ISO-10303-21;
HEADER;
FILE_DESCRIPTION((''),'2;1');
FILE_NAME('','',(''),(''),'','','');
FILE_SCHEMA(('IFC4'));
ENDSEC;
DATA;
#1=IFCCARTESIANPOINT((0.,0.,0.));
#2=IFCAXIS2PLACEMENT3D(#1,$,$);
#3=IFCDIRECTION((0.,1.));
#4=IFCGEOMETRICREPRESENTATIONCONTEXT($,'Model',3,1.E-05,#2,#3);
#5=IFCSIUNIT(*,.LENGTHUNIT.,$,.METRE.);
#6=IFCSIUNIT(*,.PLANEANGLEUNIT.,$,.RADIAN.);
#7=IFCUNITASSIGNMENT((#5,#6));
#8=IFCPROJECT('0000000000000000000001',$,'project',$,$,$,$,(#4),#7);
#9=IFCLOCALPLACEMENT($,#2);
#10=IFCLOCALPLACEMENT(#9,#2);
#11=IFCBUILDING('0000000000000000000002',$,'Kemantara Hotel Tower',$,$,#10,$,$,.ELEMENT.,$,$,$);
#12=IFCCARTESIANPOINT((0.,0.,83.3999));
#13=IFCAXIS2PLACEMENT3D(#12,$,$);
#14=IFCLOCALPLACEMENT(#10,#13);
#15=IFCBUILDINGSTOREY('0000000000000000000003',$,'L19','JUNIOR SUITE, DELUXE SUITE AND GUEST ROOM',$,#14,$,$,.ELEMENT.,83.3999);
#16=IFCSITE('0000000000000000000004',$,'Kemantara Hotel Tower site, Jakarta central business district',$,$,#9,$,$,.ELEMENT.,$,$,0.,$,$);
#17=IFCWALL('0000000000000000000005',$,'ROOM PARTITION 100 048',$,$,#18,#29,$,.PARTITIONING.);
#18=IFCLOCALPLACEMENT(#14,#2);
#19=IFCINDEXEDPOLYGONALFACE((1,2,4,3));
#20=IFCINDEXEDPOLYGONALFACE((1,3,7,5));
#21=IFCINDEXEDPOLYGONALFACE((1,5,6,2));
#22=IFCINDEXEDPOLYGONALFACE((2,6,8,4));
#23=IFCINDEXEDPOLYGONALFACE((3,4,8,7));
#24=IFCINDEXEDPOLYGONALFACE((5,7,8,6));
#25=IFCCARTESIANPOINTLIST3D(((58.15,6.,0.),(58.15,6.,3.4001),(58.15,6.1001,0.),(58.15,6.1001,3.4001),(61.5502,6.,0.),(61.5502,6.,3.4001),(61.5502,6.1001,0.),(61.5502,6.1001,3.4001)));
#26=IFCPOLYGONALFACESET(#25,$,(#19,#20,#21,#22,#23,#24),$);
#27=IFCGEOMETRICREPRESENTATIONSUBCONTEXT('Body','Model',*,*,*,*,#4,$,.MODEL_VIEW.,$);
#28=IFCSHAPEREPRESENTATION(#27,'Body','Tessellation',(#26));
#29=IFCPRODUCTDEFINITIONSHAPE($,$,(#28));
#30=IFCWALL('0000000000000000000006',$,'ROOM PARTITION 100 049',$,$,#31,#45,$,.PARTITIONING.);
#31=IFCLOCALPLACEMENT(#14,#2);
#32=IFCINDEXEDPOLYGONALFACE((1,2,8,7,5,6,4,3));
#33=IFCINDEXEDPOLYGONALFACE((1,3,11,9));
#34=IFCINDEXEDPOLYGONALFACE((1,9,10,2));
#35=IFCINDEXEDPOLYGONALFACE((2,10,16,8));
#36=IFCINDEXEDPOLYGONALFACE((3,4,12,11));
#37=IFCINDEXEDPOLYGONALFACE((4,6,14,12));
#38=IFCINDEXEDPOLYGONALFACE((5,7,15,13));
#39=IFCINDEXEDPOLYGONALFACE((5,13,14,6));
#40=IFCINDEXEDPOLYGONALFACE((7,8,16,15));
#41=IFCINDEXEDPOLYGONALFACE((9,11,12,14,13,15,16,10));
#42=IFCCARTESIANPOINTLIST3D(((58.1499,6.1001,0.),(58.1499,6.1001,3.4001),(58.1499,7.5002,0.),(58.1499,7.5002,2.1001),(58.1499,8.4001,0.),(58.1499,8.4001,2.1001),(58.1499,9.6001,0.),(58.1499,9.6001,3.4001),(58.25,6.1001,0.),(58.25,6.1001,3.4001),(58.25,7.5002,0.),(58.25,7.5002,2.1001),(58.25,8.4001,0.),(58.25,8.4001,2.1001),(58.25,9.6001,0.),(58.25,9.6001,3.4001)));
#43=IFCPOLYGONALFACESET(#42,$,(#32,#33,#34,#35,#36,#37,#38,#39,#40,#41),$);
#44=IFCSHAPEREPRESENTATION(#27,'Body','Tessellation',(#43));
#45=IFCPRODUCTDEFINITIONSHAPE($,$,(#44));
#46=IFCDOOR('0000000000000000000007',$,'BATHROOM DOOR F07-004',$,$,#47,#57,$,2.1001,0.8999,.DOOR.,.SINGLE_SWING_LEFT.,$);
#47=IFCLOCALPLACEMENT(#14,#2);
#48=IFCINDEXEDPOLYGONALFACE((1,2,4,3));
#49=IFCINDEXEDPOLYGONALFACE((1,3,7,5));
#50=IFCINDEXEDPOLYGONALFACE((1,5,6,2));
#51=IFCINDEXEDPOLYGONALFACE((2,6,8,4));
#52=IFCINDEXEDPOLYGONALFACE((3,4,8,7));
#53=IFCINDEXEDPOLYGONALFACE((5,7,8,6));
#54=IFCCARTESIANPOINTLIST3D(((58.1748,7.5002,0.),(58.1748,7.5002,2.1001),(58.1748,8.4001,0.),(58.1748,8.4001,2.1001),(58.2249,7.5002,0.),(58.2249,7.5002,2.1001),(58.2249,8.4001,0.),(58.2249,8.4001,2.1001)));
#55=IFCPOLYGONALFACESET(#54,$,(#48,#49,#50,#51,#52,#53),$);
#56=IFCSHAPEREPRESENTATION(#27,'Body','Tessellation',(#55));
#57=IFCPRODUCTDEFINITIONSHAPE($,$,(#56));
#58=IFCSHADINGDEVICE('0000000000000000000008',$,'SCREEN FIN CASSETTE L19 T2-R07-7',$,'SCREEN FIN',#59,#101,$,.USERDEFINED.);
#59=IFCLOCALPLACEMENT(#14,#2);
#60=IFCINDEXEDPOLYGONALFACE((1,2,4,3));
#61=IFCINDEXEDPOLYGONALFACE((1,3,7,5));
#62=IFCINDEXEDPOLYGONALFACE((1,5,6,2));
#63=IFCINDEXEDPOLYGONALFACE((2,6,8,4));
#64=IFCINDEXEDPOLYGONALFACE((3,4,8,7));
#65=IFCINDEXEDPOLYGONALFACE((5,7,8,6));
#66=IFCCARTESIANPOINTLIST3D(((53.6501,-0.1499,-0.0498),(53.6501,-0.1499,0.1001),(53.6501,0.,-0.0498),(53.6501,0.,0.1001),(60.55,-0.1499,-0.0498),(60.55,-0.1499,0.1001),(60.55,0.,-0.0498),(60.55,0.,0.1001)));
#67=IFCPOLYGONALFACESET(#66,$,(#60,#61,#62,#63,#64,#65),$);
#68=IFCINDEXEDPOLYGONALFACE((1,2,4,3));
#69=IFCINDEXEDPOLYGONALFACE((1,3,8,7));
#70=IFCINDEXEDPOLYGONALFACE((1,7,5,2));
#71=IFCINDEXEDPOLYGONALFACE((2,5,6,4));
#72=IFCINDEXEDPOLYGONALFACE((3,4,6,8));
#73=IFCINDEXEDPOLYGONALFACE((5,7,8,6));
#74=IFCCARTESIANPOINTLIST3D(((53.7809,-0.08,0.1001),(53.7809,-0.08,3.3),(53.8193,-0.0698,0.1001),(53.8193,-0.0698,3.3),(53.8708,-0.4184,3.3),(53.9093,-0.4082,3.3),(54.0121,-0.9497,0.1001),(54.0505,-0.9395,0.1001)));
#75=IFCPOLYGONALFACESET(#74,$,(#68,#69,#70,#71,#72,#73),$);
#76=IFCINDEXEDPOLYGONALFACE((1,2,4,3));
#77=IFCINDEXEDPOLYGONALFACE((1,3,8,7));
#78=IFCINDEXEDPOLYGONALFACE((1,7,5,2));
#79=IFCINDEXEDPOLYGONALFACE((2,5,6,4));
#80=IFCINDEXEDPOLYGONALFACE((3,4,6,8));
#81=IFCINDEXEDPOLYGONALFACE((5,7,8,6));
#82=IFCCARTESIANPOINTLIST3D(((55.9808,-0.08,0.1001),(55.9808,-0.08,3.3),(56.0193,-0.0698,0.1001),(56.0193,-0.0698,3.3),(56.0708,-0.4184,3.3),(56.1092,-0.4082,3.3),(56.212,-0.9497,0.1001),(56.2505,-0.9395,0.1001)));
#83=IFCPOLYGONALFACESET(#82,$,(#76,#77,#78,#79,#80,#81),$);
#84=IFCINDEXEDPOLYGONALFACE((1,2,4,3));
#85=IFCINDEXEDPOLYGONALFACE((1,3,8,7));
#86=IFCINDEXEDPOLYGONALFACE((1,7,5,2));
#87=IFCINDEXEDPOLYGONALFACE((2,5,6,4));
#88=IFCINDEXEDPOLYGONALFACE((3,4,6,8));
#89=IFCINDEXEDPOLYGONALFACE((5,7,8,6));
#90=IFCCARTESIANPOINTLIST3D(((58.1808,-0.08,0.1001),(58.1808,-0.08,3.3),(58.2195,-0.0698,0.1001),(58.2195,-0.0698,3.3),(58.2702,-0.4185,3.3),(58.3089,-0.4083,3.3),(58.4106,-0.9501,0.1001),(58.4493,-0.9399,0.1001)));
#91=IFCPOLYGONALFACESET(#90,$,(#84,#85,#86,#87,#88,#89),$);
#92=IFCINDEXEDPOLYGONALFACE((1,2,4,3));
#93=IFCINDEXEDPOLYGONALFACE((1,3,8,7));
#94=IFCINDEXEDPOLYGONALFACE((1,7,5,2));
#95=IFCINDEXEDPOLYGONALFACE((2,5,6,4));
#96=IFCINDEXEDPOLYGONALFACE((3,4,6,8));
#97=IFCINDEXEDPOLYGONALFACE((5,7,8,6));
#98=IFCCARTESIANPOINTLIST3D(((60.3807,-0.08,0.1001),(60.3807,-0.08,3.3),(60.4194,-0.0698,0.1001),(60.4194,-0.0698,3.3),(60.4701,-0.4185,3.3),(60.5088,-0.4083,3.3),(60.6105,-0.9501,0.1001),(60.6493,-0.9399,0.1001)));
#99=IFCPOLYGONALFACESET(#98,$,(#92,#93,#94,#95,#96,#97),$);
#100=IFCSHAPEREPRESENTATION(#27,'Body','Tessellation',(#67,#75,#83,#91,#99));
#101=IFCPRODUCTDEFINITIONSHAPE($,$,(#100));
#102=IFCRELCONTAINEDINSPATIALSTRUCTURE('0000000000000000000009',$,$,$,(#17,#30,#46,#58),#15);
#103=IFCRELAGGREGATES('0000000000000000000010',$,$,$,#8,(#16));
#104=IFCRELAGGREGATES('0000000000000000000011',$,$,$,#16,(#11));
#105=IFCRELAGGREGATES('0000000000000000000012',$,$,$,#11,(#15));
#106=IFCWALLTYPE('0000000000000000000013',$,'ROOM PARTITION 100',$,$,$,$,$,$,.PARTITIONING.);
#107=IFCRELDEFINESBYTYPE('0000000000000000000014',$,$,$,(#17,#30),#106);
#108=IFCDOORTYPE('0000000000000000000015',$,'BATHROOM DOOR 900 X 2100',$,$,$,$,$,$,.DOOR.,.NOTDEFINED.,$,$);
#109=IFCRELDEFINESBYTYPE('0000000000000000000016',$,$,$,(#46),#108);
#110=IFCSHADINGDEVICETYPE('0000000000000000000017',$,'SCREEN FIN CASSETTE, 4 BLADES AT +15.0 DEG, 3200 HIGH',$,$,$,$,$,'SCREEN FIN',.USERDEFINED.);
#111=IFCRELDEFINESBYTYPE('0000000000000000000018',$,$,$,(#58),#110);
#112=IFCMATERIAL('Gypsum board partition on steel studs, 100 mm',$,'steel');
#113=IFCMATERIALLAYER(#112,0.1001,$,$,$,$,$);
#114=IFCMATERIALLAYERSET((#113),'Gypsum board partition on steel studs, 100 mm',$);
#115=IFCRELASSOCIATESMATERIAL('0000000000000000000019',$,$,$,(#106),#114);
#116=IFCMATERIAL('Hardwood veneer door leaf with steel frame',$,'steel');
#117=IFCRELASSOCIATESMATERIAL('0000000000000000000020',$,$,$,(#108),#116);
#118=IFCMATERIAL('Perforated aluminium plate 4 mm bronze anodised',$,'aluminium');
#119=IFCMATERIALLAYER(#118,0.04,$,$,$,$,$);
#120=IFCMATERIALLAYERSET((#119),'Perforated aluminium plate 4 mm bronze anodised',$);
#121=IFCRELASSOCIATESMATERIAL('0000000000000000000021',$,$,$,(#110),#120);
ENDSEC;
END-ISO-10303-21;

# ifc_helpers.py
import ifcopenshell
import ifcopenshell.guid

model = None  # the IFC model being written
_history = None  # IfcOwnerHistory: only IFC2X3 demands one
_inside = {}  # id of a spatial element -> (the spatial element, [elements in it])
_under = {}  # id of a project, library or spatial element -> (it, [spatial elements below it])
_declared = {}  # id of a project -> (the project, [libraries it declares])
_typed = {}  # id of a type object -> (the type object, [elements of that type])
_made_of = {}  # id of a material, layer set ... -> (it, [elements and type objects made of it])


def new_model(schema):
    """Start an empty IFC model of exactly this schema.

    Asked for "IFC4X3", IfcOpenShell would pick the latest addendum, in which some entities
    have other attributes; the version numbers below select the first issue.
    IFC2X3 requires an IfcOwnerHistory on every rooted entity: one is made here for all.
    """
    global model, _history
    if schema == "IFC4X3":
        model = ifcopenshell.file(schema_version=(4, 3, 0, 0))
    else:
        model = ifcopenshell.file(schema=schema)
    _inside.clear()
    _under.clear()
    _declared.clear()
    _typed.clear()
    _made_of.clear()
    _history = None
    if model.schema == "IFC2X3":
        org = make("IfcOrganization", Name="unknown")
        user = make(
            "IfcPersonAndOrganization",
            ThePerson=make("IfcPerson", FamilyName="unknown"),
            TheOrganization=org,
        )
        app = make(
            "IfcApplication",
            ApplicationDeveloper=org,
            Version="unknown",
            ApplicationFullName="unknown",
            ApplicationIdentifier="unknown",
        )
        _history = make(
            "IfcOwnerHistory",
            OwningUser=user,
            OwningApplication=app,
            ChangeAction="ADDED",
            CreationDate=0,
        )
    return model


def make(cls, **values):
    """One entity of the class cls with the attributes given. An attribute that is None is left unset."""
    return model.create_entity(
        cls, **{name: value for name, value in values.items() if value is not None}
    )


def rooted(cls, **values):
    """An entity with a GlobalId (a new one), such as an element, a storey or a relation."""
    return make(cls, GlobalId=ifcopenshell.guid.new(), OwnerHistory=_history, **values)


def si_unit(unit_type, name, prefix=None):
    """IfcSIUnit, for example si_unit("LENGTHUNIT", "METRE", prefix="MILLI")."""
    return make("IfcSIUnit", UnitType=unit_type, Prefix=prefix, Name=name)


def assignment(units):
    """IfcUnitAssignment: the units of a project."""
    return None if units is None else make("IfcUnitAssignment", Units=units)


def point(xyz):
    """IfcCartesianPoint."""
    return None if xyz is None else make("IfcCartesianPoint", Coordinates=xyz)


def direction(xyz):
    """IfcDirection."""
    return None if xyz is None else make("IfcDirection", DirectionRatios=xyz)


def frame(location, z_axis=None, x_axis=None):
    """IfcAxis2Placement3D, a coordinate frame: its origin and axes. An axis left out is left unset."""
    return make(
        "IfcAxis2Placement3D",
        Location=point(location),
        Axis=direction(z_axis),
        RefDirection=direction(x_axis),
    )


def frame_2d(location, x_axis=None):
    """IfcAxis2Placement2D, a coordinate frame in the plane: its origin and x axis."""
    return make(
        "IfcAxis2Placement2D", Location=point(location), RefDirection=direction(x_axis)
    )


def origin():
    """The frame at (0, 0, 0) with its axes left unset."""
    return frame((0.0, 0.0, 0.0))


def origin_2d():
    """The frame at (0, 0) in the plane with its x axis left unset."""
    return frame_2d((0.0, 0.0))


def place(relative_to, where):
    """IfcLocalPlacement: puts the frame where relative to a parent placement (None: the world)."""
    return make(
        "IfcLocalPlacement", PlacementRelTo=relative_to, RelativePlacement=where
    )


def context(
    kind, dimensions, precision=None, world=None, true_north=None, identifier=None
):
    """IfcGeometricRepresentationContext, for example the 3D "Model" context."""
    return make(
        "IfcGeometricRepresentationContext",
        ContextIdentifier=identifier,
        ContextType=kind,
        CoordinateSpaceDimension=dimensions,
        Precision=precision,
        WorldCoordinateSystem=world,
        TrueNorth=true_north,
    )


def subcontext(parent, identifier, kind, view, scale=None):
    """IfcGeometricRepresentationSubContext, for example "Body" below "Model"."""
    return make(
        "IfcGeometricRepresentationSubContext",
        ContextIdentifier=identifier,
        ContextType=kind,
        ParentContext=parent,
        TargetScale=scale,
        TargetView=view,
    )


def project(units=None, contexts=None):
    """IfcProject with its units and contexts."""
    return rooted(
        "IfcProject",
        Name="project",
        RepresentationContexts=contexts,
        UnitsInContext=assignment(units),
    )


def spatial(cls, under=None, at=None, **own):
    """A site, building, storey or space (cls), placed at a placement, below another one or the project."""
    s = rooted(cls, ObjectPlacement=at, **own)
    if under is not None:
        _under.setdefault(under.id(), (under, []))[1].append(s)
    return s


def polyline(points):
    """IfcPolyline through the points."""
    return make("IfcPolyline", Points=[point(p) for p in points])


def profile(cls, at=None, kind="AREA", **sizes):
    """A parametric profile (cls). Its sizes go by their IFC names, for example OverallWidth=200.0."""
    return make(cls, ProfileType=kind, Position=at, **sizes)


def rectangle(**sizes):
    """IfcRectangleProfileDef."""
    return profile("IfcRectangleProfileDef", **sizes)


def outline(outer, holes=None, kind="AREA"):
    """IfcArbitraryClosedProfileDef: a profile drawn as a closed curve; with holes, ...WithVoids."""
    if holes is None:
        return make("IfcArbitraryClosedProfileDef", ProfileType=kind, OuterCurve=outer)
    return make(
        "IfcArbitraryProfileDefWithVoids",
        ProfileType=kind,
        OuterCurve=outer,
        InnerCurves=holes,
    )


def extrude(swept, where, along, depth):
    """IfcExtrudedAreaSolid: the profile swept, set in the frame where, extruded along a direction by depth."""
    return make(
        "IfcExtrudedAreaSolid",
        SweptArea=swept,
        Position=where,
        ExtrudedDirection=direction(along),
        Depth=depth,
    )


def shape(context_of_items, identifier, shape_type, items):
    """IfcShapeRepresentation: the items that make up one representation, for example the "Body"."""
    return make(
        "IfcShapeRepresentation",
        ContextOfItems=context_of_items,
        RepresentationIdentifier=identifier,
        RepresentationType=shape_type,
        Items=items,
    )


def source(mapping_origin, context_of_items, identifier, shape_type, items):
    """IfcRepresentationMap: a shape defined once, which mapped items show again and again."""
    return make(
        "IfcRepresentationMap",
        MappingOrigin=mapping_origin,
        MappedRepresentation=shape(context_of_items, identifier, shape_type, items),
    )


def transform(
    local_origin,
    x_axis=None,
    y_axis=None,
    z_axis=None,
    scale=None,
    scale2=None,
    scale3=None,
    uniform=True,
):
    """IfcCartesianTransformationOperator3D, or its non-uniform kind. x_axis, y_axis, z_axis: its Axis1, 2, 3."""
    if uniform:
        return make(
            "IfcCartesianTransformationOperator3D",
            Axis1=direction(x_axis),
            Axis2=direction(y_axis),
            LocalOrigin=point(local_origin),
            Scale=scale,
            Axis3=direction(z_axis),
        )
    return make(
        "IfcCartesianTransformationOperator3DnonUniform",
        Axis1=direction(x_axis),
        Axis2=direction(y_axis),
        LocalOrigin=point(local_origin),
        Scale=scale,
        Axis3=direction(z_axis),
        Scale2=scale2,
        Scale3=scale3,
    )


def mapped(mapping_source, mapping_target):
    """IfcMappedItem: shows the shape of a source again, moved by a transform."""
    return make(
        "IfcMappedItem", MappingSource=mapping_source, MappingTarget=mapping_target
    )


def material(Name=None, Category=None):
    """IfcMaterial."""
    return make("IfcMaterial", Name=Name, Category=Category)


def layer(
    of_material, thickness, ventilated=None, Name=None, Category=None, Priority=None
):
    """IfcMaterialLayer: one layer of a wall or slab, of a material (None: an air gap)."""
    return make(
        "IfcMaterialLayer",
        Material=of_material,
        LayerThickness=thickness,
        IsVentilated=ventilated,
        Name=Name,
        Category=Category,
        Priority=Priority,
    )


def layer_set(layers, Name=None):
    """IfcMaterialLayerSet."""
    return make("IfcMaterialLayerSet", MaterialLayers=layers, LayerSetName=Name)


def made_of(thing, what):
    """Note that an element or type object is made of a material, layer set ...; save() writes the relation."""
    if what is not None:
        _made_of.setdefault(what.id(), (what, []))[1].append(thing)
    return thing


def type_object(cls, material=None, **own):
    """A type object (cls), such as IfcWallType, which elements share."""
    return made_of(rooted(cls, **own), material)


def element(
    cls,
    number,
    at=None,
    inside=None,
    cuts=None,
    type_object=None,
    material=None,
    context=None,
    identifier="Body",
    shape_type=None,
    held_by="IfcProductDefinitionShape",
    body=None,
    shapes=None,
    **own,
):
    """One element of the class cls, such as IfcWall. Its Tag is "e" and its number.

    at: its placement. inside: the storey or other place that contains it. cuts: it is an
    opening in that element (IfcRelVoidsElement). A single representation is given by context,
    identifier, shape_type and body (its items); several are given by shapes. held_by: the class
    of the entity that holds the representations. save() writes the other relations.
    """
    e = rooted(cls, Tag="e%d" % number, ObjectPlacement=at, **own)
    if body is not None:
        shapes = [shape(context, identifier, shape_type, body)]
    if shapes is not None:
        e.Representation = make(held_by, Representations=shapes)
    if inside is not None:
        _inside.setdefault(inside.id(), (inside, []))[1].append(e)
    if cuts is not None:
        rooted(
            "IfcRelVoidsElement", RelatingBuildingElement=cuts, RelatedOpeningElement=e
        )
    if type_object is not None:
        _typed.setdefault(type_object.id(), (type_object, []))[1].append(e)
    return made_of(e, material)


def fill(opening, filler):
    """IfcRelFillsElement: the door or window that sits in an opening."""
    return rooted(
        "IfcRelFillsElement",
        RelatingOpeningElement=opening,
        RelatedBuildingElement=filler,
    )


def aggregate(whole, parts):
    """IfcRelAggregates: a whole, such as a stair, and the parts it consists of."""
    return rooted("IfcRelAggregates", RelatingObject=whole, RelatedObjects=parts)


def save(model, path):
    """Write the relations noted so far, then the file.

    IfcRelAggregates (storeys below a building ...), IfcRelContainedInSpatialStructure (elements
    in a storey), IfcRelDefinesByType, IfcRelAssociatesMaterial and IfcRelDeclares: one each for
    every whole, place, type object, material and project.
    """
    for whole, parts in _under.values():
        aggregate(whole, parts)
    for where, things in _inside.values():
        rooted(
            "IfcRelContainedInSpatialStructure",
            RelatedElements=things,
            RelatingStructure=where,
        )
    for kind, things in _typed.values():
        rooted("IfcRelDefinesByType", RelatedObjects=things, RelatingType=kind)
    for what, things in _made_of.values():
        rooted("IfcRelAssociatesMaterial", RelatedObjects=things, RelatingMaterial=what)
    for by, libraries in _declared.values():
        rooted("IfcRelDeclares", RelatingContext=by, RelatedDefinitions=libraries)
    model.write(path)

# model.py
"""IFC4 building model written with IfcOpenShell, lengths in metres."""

from ifc_helpers import new_model, si_unit, direction, frame, frame_2d, origin, origin_2d, place, context, subcontext, project, spatial, polyline, rectangle, outline, extrude, source, transform, mapped, material, layer, layer_set, type_object, element, fill, save


model = new_model("IFC4")

# Units and contexts
model_context = context("Model", 3, precision=1e-05, world=origin(), true_north=direction((0.0, 1.0)))
body_context = subcontext(model_context, "Body", "Model", "MODEL_VIEW")
ifc_project = project(units=[si_unit("LENGTHUNIT", "METRE"), si_unit("PLANEANGLEUNIT", "RADIAN")], contexts=[model_context])

# Site, building, storey
site_placement = place(None, origin())
site = spatial("IfcSite", under=ifc_project, at=site_placement, Name="Kemantara Hotel Tower site, Jakarta central business district", CompositionType="ELEMENT", RefElevation=0.0)
building_placement = place(site_placement, origin())
building = spatial("IfcBuilding", under=site, at=building_placement, Name="Kemantara Hotel Tower", CompositionType="ELEMENT")
storey_placement = place(building_placement, frame((0.0, 0.0, 83.3999)))
storey = spatial("IfcBuildingStorey", under=building, at=storey_placement, Name="L19", Description="JUNIOR SUITE, DELUXE SUITE AND GUEST ROOM", CompositionType="ELEMENT", Elevation=83.3999)

# Shared definitions
ifc_material_1 = material(Name="Hardwood veneer door leaf with steel frame", Category="steel")

# Shared definitions
ifc_material_2 = material(Name="Gypsum board partition on steel studs, 100 mm", Category="steel")
ifc_layer_1 = layer(ifc_material_2, 0.1001)
ifc_layer_set_1 = layer_set([ifc_layer_1], Name="Gypsum board partition on steel studs, 100 mm")
wall_type_1 = type_object("IfcWallType", Name="ROOM PARTITION 100", PredefinedType="PARTITIONING", material=ifc_layer_set_1)
door_type_1 = type_object("IfcDoorType", Name="BATHROOM DOOR 900 X 2100", OperationType="NOTDEFINED", PredefinedType="DOOR", material=ifc_material_1)

# Wall
wall_1_placement = place(storey_placement, frame((58.1499, 6.05, 0.0), z_axis=(0.0, 0.0, 1.0), x_axis=(1.0, 0.0, 0.0)))
element("IfcWall", 1, at=wall_1_placement, inside=storey, type_object=wall_type_1, Name="ROOM PARTITION 100 048", PredefinedType="PARTITIONING", context=body_context, shape_type="SweptSolid", body=[
    extrude(rectangle(XDim=3.4001, YDim=0.1001, at=frame_2d((1.7002, 0.0))), origin(), (0.0, 0.0, 1.0), 3.4001),
])

# Wall, opening, door
wall_2_placement = place(storey_placement, frame((58.2, 9.6001, 0.0), z_axis=(0.0, 0.0, 1.0), x_axis=(0.0, -1.0, 0.0)))
wall_2 = element("IfcWall", 2, at=wall_2_placement, inside=storey, type_object=wall_type_1, Name="ROOM PARTITION 100 049", PredefinedType="PARTITIONING", context=body_context, shape_type="SweptSolid", body=[
    extrude(rectangle(XDim=3.5, YDim=0.1001, at=frame_2d((1.75, 0.0))), origin(), (0.0, 0.0, 1.0), 3.4001),
])
opening_1_placement = place(wall_2_placement, frame((1.2, 0.0, 0.0)))
opening_1 = element("IfcOpeningElement", 3, at=opening_1_placement, cuts=wall_2, PredefinedType="OPENING", context=body_context, shape_type="SweptSolid", body=[
    extrude(rectangle(XDim=0.8999, YDim=2.1001, at=frame_2d((0.45, 1.05))), frame((0.0, 0.0601, 0.0), z_axis=(0.0, -1.0, 0.0), x_axis=(1.0, 0.0, 0.0)), (0.0, 0.0, 1.0), 0.1201),
])
door_1_placement = place(opening_1_placement, origin())
door_1 = element("IfcDoor", 4, at=door_1_placement, inside=storey, type_object=door_type_1, Name="BATHROOM DOOR F07-004", OperationType="SINGLE_SWING_LEFT", OverallHeight=2.1001, OverallWidth=0.8999, PredefinedType="DOOR", context=body_context, shape_type="SweptSolid", body=[
    extrude(rectangle(XDim=0.8999, YDim=2.1001, at=frame_2d((0.45, 1.05))), frame((0.0, 0.0249, 0.0), z_axis=(0.0, -1.0, 0.0), x_axis=(1.0, 0.0, 0.0)), (0.0, 0.0, 1.0), 0.05),
])
fill(opening_1, door_1)

# Shading device
ifc_material_3 = material(Name="Perforated aluminium plate 4 mm bronze anodised", Category="aluminium")
ifc_layer_2 = layer(ifc_material_3, 0.04)
ifc_layer_set_2 = layer_set([ifc_layer_2], Name="Perforated aluminium plate 4 mm bronze anodised")
shading_device_type = type_object("IfcShadingDeviceType", Name="SCREEN FIN CASSETTE, 4 BLADES AT +15.0 DEG, 3200 HIGH", ElementType="SCREEN FIN", PredefinedType="USERDEFINED", material=ifc_layer_set_2)
shared_shape = source(origin(), body_context, "Body", "SweptSolid", [
    extrude(rectangle(XDim=6.8999, YDim=0.1499, at=origin_2d()), frame((3.3, -0.075, -0.1499), z_axis=(0.0, 0.0, 1.0), x_axis=(1.0, 0.0, 0.0)), (0.0, 0.0, 1.0), 0.1499),
    extrude(outline(polyline([(0.0, 0.0), (0.8999, 0.0), (0.3501, 3.2), (0.0, 3.2), (0.0, 0.0)])), frame((0.0193, -0.0698, 0.0), z_axis=(-0.966438, -0.256901, 0.0), x_axis=(0.256901, -0.966438, 0.0)), (0.0, 0.0, 1.0), 0.0398),
    extrude(outline(polyline([(0.0, 0.0), (0.8999, 0.0), (0.3501, 3.2), (0.0, 3.2), (0.0, 0.0)])), frame((2.2192, -0.0698, 0.0), z_axis=(-0.966438, -0.256901, 0.0), x_axis=(0.256901, -0.966438, 0.0)), (0.0, 0.0, 1.0), 0.0398),
    extrude(outline(polyline([(0.0, 0.0), (0.8999, 0.0), (0.3501, 3.2), (0.0, 3.2), (0.0, 0.0)])), frame((4.4194, -0.0698, 0.0), z_axis=(-0.966838, -0.255391, 0.0), x_axis=(0.255391, -0.966838, 0.0)), (0.0, 0.0, 1.0), 0.04),
    extrude(outline(polyline([(0.0, 0.0), (0.8999, 0.0), (0.3501, 3.2), (0.0, 3.2), (0.0, 0.0)])), frame((6.6194, -0.0698, 0.0), z_axis=(-0.966838, -0.255391, 0.0), x_axis=(0.255391, -0.966838, 0.0)), (0.0, 0.0, 1.0), 0.04),
])
shading_device_placement = place(storey_placement, frame((53.8, 0.0, 0.1001), z_axis=(0.0, 0.0, 1.0), x_axis=(1.0, 0.0, 0.0)))
element("IfcShadingDevice", 5, at=shading_device_placement, inside=storey, type_object=shading_device_type, Name="SCREEN FIN CASSETTE L19 T2-R07-7", ObjectType="SCREEN FIN", PredefinedType="USERDEFINED", context=body_context, shape_type="MappedRepresentation", body=[
    mapped(shared_shape, transform((0.0, 0.0, 0.0))),
])

save(model, "model.ifc")
